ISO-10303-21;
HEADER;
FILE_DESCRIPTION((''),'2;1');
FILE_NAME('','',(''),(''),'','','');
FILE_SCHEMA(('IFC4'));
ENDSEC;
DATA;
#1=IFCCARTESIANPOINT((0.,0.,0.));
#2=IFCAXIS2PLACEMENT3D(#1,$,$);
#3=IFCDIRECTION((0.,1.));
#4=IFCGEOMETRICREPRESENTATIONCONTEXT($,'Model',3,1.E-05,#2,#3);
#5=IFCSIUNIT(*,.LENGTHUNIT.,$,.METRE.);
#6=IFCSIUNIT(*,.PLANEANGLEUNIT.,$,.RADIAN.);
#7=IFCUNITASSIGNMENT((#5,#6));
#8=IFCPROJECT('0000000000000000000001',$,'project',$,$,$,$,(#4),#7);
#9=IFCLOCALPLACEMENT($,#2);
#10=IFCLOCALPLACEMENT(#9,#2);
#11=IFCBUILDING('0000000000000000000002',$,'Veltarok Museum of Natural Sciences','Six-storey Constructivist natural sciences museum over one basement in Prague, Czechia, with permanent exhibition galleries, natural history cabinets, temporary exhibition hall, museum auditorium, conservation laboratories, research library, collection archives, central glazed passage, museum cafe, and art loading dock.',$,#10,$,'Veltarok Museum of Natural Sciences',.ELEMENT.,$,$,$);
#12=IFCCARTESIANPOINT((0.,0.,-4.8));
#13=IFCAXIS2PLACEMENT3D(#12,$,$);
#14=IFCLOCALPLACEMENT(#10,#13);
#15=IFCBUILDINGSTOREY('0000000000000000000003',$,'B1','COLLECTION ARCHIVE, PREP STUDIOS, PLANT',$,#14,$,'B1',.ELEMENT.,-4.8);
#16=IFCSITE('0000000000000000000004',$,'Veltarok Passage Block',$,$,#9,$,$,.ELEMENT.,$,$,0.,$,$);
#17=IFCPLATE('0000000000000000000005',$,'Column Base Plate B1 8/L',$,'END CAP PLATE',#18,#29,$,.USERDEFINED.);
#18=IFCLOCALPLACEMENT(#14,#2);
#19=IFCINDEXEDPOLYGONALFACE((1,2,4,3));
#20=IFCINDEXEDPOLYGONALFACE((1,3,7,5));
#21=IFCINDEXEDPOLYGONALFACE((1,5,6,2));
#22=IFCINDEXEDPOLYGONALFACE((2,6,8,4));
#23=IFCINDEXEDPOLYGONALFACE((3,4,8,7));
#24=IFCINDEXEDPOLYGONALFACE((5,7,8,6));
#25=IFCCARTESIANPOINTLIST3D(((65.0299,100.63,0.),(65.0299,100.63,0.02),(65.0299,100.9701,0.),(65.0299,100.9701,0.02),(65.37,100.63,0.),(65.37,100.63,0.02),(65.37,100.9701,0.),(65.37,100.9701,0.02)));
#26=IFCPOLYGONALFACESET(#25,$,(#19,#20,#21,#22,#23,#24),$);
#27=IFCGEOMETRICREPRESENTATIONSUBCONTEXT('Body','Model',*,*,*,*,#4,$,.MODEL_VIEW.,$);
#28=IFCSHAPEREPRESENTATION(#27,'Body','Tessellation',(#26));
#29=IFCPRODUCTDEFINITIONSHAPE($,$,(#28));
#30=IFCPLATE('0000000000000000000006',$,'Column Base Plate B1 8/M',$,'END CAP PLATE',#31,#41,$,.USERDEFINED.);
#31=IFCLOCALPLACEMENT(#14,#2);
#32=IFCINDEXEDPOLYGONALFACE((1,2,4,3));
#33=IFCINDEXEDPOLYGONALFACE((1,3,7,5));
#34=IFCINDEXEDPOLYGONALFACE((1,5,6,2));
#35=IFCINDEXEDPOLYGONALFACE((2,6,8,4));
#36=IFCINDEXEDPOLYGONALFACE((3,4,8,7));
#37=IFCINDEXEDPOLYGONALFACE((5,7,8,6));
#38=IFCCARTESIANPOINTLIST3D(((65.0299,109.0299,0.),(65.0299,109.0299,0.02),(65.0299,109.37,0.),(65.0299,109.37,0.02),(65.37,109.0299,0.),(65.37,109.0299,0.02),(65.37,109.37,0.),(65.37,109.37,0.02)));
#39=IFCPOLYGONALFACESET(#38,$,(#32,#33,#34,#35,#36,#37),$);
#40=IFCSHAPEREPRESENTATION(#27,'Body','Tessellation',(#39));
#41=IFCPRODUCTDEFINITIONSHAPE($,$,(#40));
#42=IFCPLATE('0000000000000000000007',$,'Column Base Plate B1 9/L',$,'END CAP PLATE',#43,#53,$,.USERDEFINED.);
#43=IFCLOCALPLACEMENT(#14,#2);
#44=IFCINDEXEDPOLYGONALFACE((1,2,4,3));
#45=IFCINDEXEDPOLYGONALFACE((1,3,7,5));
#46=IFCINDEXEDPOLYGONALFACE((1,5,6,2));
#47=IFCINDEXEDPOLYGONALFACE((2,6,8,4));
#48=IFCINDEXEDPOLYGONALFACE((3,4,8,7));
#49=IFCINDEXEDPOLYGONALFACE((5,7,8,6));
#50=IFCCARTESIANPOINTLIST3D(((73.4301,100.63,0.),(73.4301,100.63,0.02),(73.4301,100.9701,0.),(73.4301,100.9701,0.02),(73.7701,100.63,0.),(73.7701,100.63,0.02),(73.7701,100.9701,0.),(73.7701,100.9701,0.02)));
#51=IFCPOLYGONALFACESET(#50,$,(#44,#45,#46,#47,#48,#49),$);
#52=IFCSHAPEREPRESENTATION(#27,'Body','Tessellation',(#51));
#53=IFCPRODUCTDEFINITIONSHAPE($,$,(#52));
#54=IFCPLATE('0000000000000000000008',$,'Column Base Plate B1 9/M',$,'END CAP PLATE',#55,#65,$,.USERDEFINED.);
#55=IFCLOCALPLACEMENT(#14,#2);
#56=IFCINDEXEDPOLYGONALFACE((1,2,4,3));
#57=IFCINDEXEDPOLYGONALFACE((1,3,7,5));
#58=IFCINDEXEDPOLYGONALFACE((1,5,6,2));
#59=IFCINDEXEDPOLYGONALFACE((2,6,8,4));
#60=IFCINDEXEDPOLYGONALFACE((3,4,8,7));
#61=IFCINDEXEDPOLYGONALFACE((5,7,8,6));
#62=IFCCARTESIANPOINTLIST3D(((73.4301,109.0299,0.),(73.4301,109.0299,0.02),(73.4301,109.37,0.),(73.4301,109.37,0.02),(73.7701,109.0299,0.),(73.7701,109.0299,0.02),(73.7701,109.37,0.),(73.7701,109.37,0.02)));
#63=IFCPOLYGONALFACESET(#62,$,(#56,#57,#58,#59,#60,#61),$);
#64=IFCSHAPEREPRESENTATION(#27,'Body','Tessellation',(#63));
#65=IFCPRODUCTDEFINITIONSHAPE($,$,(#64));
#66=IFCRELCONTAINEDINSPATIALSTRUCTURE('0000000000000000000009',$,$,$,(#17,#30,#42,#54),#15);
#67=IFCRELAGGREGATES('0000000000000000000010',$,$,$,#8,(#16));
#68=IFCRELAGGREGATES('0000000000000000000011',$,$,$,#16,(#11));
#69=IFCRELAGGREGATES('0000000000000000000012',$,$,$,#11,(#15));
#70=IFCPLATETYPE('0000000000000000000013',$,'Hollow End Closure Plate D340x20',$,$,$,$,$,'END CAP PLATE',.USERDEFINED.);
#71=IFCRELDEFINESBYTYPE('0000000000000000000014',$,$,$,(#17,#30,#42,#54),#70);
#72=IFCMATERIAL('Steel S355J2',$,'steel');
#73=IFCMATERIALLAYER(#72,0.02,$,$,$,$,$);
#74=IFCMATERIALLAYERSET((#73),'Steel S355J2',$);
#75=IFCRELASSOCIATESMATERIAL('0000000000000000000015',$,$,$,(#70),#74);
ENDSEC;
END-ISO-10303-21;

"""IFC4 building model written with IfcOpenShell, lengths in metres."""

from ifc_helpers import new_model, si_unit, direction, frame, origin, origin_2d, place, context, subcontext, project, spatial, rectangle, extrude, material, layer, layer_set, type_object, element, save


model = new_model("IFC4")

# Units and contexts
model_context = context("Model", 3, precision=1e-05, world=origin(), true_north=direction((0.0, 1.0)))
body_context = subcontext(model_context, "Body", "Model", "MODEL_VIEW")
ifc_project = project(units=[si_unit("LENGTHUNIT", "METRE"), si_unit("PLANEANGLEUNIT", "RADIAN")], contexts=[model_context])

# Site, building, storey
site_placement = place(None, origin())
site = spatial("IfcSite", under=ifc_project, at=site_placement, Name="Veltarok Passage Block", CompositionType="ELEMENT", RefElevation=0.0)
building_placement = place(site_placement, origin())
building = spatial("IfcBuilding", under=site, at=building_placement, Name="Veltarok Museum of Natural Sciences", Description="Six-storey Constructivist natural sciences museum over one basement in Prague, Czechia, with permanent exhibition galleries, natural history cabinets, temporary exhibition hall, museum auditorium, conservation laboratories, research library, collection archives, central glazed passage, museum cafe, and art loading dock.", LongName="Veltarok Museum of Natural Sciences", CompositionType="ELEMENT")
storey_placement = place(building_placement, frame((0.0, 0.0, -4.8)))
storey = spatial("IfcBuildingStorey", under=building, at=storey_placement, Name="B1", Description="COLLECTION ARCHIVE, PREP STUDIOS, PLANT", LongName="B1", CompositionType="ELEMENT", Elevation=-4.8)

# Shared definitions
ifc_material_1 = material(Name="Steel S355J2", Category="steel")

# Plates
ifc_layer = layer(ifc_material_1, 0.02)
ifc_layer_set = layer_set([ifc_layer], Name="Steel S355J2")
plate_type = type_object("IfcPlateType", Name="Hollow End Closure Plate D340x20", ElementType="END CAP PLATE", PredefinedType="USERDEFINED", material=ifc_layer_set)
for number, where, z_axis, x_axis, name in (
    (1, (65.2, 100.8, 0.0), (0.0, 0.0, 1.0), (1.0, 0.0, 0.0), "Column Base Plate B1 8/L"),
    (2, (65.2, 109.2, 0.0), (0.0, 0.0, 1.0), (1.0, 0.0, 0.0), "Column Base Plate B1 8/M"),
    (3, (73.6001, 100.8, 0.0), (0.0, 0.0, 1.0), (1.0, 0.0, 0.0), "Column Base Plate B1 9/L"),
    (4, (73.6001, 109.2, 0.0), (0.0, 0.0, 1.0), (1.0, 0.0, 0.0), "Column Base Plate B1 9/M"),
):
    element("IfcPlate", number, at=place(storey_placement, frame(where, z_axis=z_axis, x_axis=x_axis)), inside=storey, type_object=plate_type, Name=name, ObjectType="END CAP PLATE", PredefinedType="USERDEFINED", context=body_context, shape_type="SweptSolid", body=[
        extrude(rectangle(XDim=0.3401, YDim=0.3401, at=origin_2d()), origin(), (0.0, 0.0, 1.0), 0.02),
    ])

save(model, "model.ifc")
